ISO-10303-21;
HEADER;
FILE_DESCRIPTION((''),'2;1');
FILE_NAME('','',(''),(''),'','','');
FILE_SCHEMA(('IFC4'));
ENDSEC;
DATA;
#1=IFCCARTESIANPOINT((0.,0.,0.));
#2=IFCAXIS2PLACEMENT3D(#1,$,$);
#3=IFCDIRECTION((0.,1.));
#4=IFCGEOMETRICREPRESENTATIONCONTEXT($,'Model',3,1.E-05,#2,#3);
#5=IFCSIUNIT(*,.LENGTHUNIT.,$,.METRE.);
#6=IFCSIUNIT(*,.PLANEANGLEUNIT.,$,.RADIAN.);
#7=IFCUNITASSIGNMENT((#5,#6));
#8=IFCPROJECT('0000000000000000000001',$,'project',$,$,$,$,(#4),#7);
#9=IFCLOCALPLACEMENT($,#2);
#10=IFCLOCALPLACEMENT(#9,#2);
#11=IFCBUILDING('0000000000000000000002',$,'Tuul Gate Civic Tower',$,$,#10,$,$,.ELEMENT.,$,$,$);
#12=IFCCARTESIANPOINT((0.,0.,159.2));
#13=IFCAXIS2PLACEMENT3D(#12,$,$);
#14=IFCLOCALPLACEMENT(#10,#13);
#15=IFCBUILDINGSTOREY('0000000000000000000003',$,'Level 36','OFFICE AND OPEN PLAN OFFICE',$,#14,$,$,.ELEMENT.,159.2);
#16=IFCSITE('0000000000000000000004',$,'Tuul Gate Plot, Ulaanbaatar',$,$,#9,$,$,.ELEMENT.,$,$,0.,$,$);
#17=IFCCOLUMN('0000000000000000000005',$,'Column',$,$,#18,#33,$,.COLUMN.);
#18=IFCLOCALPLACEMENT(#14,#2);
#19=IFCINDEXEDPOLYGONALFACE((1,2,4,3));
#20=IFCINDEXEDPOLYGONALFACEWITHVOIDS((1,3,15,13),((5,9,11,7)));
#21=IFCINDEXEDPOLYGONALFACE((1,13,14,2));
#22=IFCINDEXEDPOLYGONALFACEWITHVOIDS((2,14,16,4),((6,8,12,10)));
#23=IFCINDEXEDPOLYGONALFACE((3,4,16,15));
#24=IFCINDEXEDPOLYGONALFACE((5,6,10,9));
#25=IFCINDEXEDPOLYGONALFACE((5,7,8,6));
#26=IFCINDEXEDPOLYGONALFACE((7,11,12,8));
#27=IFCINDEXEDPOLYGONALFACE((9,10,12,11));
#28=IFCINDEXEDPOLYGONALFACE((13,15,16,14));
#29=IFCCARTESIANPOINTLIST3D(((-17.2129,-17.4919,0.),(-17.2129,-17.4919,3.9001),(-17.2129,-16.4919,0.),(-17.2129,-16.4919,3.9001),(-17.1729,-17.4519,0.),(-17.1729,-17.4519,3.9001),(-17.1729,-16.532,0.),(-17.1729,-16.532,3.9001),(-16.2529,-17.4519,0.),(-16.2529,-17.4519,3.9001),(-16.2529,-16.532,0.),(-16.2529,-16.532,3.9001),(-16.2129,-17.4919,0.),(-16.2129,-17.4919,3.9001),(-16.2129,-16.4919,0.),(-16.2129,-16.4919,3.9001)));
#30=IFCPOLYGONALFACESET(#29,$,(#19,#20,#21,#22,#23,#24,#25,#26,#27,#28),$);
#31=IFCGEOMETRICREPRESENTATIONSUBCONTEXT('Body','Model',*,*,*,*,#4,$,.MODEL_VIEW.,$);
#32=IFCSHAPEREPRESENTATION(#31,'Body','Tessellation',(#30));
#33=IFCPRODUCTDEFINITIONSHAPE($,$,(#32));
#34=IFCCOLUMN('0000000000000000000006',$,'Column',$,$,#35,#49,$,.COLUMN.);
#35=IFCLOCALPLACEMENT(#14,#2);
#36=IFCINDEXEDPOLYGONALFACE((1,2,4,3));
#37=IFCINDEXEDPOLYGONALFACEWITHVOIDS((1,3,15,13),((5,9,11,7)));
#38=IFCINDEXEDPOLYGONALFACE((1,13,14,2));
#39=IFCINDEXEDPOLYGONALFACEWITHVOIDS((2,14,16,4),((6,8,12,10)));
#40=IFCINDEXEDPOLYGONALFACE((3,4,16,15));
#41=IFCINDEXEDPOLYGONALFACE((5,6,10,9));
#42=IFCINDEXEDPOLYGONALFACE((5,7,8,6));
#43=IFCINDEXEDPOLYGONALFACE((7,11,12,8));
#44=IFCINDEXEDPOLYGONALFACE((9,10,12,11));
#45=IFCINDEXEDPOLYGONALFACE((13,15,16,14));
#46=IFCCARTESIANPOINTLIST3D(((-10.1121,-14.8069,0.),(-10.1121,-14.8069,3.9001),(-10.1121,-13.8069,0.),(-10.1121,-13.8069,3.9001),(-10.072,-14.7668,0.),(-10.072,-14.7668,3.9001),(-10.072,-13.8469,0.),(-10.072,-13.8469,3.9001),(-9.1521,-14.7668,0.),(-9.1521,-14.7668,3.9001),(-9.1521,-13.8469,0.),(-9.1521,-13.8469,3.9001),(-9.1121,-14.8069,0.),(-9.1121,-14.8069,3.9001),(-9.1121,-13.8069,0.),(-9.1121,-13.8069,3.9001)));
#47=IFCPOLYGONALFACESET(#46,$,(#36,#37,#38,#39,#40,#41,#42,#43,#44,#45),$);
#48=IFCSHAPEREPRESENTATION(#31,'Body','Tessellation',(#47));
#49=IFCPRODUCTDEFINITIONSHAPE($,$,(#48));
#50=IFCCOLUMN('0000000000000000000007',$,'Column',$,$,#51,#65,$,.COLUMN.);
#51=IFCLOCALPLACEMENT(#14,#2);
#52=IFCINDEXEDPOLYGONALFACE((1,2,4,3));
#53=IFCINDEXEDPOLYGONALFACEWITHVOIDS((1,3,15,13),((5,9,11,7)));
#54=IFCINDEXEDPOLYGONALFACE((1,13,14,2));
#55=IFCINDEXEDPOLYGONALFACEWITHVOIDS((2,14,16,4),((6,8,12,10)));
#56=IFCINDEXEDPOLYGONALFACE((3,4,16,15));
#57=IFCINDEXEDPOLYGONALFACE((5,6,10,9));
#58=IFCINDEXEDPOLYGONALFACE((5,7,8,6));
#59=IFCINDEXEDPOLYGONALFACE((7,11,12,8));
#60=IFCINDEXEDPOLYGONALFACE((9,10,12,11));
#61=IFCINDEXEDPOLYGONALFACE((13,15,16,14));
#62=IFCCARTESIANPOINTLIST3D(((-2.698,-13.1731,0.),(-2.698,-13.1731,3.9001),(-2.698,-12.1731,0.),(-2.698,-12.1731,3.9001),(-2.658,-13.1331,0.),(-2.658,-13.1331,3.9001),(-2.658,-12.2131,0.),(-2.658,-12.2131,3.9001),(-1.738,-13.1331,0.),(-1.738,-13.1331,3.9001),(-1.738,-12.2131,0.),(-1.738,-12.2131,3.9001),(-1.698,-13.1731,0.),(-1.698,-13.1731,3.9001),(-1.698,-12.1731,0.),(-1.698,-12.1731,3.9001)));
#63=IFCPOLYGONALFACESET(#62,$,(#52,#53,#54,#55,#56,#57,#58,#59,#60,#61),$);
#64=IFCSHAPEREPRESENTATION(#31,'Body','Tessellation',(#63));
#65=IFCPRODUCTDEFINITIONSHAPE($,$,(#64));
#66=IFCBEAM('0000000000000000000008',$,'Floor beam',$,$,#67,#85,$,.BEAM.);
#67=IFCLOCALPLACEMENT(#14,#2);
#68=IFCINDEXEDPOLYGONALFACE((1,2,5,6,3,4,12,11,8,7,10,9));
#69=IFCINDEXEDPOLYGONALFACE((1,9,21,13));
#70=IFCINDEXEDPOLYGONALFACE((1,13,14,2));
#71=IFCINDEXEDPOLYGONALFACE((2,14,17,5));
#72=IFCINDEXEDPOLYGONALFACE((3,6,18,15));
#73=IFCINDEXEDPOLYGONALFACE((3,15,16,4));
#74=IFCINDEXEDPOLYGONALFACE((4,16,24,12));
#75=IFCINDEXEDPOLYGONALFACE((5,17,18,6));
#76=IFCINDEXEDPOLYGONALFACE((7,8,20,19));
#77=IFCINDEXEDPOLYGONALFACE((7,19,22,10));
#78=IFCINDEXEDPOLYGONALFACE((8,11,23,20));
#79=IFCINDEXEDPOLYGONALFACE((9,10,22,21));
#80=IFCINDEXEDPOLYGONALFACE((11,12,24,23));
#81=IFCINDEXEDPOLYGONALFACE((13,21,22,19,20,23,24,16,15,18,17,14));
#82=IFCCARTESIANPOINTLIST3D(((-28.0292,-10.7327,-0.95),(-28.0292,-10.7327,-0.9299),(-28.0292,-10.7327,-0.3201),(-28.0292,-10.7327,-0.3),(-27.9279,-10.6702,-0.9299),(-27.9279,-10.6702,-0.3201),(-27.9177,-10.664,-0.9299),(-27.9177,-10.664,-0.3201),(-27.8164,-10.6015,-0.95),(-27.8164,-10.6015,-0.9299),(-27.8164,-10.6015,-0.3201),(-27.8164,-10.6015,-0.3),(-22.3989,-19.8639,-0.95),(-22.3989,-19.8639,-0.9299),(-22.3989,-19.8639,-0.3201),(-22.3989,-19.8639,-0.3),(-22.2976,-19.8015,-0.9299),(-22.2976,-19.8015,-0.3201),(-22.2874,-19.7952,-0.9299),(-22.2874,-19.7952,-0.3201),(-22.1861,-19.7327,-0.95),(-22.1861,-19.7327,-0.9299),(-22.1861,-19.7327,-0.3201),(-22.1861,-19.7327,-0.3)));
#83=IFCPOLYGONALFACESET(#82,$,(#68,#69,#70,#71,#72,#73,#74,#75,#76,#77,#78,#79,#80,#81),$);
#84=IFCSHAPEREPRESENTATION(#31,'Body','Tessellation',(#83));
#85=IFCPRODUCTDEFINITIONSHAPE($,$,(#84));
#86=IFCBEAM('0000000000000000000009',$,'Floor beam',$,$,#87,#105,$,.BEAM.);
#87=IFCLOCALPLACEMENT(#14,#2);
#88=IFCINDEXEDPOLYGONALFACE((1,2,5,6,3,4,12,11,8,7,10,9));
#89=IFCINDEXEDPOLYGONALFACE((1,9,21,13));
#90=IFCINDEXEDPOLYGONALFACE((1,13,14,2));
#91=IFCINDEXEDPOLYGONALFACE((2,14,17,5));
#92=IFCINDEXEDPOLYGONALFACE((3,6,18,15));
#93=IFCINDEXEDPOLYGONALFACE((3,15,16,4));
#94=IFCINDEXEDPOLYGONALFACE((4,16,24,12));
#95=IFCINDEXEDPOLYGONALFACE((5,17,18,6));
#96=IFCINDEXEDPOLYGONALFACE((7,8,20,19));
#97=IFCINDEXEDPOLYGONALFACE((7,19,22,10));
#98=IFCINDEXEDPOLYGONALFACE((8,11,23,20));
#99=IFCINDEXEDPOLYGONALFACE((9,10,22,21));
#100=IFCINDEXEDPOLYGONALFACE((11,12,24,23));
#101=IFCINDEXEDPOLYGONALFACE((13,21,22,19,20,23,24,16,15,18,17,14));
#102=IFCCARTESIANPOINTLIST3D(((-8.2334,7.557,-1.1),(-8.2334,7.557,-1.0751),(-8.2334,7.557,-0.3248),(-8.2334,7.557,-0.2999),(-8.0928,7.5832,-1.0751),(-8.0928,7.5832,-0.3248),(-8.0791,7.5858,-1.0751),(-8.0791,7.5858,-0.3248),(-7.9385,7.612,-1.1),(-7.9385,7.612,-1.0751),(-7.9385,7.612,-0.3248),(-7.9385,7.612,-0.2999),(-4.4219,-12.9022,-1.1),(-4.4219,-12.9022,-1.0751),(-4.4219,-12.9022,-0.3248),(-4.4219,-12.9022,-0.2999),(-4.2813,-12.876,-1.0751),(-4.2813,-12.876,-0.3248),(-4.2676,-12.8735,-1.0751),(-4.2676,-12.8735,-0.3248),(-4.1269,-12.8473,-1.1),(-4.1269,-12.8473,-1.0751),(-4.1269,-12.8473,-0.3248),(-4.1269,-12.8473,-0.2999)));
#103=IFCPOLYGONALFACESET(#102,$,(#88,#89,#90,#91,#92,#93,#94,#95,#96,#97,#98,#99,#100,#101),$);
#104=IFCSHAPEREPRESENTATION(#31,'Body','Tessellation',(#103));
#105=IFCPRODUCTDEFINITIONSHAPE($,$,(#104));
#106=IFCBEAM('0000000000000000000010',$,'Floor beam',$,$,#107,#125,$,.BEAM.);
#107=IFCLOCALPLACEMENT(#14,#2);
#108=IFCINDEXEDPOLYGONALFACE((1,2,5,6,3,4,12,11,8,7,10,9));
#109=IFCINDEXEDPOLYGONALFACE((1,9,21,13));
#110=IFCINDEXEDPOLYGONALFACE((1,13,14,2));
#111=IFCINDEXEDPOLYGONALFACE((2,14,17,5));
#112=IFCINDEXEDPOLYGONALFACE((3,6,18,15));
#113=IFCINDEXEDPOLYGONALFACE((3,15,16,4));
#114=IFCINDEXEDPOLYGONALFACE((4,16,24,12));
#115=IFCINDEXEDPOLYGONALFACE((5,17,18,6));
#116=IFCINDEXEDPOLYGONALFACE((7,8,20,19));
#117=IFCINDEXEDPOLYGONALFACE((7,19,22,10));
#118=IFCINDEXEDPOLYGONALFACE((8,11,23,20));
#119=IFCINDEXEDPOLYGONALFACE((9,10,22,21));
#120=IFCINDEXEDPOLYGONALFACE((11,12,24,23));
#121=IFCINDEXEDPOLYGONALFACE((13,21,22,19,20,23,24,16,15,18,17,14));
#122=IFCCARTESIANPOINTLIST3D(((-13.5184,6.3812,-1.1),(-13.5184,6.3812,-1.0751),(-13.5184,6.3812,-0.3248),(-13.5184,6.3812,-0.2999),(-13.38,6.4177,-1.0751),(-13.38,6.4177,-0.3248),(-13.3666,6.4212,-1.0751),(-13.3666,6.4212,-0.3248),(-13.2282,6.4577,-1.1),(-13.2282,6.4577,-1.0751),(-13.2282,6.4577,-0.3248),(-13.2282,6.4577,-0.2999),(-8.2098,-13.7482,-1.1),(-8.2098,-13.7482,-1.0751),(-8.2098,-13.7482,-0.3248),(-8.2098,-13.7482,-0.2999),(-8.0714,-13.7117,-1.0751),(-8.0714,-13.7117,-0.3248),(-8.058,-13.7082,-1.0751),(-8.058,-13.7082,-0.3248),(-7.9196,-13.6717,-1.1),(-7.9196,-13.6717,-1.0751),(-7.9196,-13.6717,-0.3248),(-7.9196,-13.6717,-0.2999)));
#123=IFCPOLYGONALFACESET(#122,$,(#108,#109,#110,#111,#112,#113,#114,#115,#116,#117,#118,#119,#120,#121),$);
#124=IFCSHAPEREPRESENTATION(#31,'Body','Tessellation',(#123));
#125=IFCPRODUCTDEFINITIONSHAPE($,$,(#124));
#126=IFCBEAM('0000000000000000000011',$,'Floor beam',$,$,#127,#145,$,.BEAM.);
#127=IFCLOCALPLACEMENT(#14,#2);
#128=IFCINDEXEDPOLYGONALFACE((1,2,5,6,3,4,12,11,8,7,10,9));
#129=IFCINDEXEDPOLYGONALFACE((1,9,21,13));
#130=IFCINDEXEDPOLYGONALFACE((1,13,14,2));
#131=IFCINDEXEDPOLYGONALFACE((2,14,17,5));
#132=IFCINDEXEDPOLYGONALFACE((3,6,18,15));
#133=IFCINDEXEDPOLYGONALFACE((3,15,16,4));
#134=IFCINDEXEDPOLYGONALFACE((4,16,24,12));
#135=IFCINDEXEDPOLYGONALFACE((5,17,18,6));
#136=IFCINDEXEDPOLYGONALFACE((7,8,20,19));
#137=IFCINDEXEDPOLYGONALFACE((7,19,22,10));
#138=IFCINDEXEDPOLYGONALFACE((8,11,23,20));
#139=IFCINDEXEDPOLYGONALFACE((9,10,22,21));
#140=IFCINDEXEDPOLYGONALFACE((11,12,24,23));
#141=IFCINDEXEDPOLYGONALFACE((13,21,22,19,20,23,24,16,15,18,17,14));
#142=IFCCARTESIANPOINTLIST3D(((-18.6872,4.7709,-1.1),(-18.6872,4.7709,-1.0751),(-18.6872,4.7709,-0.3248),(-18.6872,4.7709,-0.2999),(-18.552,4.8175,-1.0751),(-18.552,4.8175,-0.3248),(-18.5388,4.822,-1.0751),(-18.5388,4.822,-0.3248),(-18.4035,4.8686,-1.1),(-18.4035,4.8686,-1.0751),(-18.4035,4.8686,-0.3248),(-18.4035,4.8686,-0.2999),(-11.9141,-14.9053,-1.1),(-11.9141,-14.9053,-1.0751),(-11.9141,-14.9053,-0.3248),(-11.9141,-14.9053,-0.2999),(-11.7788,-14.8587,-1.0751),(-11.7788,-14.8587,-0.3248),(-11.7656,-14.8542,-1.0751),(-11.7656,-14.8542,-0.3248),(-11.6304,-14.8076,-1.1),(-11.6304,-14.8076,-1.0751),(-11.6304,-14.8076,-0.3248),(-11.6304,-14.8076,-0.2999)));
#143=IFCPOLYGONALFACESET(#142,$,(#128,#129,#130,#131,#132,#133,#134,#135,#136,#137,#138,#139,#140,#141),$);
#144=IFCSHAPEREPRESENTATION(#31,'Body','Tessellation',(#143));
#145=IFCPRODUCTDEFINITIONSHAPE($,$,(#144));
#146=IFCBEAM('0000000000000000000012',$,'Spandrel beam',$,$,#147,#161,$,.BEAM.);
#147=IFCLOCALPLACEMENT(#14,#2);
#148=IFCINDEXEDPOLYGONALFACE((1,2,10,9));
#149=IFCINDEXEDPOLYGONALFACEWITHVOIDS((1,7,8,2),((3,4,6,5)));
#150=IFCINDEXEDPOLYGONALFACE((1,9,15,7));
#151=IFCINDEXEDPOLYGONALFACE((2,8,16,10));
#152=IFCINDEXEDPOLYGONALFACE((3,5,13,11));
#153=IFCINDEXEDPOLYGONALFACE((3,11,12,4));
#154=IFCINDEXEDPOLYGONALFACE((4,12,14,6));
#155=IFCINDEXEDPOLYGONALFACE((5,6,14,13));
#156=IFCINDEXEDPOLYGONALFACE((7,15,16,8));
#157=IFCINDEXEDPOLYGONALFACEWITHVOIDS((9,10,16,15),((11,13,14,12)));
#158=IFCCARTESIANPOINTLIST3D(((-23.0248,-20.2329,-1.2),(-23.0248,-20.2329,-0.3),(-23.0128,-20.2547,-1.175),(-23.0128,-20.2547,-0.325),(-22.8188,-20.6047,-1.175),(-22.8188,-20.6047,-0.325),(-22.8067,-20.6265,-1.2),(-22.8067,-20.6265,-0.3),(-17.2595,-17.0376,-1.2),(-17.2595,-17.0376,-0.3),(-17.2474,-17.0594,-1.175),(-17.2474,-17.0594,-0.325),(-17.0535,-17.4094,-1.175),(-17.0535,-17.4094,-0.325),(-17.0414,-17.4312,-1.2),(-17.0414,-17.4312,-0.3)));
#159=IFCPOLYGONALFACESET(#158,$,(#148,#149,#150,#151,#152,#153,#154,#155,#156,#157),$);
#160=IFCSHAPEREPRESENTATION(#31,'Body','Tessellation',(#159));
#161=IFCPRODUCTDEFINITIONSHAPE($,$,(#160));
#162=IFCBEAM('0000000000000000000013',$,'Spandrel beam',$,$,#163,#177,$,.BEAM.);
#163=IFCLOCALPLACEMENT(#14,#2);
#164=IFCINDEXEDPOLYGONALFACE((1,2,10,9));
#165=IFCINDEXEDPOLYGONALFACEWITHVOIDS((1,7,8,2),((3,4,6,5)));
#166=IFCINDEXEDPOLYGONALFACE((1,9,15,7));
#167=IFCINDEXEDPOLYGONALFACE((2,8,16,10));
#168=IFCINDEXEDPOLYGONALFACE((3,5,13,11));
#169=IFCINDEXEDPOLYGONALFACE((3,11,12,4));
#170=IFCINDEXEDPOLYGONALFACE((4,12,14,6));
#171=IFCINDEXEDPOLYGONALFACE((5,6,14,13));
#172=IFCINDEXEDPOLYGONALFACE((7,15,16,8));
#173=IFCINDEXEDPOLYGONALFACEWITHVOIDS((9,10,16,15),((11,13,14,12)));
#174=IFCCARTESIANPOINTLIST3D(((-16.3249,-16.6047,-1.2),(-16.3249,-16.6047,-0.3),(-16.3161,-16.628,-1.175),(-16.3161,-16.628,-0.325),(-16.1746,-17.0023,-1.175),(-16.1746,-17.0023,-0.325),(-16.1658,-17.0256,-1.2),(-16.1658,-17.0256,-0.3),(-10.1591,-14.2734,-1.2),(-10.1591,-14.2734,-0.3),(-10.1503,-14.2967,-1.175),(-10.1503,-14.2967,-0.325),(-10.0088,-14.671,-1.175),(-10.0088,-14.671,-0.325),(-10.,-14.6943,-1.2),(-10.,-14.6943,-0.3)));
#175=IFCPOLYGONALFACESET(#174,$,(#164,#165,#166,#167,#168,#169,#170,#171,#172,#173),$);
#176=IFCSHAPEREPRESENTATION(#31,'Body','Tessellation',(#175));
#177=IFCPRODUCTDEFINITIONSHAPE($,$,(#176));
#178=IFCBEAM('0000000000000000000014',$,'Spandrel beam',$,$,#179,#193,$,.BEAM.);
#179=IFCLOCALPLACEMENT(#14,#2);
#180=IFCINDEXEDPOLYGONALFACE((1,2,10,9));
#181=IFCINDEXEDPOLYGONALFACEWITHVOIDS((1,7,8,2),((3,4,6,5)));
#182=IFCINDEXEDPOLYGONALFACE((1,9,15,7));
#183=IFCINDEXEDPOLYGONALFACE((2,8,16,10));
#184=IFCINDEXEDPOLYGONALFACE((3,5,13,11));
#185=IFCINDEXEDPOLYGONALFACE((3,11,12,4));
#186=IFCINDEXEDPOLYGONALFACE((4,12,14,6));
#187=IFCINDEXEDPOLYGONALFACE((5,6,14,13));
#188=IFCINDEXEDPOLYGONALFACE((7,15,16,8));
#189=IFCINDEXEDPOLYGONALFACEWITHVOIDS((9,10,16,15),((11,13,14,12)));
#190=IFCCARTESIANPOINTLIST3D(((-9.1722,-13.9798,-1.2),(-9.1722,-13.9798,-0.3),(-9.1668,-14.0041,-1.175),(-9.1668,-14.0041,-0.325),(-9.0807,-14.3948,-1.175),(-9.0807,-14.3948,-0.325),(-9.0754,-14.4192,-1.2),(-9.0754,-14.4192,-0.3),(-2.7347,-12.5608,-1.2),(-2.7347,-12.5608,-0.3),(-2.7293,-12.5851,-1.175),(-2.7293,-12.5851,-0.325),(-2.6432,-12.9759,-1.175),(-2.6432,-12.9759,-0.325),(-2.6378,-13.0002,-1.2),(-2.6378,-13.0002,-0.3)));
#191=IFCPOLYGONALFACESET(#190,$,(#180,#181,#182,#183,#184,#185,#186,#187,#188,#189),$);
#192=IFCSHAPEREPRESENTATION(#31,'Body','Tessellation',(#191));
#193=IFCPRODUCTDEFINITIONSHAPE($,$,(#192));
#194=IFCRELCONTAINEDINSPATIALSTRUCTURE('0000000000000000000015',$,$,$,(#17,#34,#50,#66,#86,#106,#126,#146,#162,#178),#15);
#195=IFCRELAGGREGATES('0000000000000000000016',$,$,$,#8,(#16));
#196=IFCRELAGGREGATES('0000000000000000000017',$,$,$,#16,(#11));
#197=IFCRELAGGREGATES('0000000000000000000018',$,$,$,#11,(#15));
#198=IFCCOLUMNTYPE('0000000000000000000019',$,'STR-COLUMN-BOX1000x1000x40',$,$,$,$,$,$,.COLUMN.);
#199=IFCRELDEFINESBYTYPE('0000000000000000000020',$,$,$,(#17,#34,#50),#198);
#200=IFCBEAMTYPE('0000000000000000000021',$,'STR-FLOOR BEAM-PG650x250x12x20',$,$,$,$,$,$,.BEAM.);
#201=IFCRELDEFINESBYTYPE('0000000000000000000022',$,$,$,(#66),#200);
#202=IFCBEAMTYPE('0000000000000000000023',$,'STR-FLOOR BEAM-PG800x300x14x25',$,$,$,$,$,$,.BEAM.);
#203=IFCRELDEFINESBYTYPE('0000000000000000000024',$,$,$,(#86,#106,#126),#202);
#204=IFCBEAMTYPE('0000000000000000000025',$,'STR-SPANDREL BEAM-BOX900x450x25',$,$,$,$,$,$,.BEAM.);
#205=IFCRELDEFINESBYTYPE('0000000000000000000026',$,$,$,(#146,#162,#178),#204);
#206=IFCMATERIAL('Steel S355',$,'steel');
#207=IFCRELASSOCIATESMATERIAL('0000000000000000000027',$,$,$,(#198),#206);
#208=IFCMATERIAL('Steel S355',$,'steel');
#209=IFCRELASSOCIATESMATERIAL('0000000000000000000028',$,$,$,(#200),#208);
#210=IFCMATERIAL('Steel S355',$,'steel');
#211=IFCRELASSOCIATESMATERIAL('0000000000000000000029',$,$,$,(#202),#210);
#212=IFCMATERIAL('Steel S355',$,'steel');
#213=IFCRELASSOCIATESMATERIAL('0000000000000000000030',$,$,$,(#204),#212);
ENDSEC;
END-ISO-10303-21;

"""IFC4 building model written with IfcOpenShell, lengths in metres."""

from ifc_helpers import new_model, si_unit, direction, frame, origin, origin_2d, place, context, subcontext, project, spatial, hollow_rectangle, i_section, extrude, material, material_profile, profile_set, type_object, element, save


model = new_model("IFC4")

# Units and contexts
model_context = context("Model", 3, precision=1e-05, world=origin(), true_north=direction((0.0, 1.0)))
body_context = subcontext(model_context, "Body", "Model", "MODEL_VIEW")
ifc_project = project(units=[si_unit("LENGTHUNIT", "METRE"), si_unit("PLANEANGLEUNIT", "RADIAN")], contexts=[model_context])

# Site, building, storey
site_placement = place(None, origin())
site = spatial("IfcSite", under=ifc_project, at=site_placement, Name="Tuul Gate Plot, Ulaanbaatar", CompositionType="ELEMENT", RefElevation=0.0)
building_placement = place(site_placement, origin())
building = spatial("IfcBuilding", under=site, at=building_placement, Name="Tuul Gate Civic Tower", CompositionType="ELEMENT")
storey_placement = place(building_placement, frame((0.0, 0.0, 159.2)))
storey = spatial("IfcBuildingStorey", under=building, at=storey_placement, Name="Level 36", Description="OFFICE AND OPEN PLAN OFFICE", CompositionType="ELEMENT", Elevation=159.2)

# Columns
ifc_material_1 = material(Name="Steel S355", Category="steel")
ifc_material_profile_1 = material_profile(ifc_material_1, hollow_rectangle(XDim=1.0, YDim=1.0, WallThickness=0.04, at=origin_2d()), Name="BOX1000x1000x40")
ifc_profile_set_1 = profile_set([ifc_material_profile_1], Name="Steel S355")
column_type = type_object("IfcColumnType", Name="STR-COLUMN-BOX1000x1000x40", PredefinedType="COLUMN", material=ifc_profile_set_1)
for number, where, z_axis, x_axis, name in (
    (1, (-16.7129, -16.9919, 0.0), (0.0, 0.0, 1.0), (1.0, 0.0, 0.0), "Column"),
    (2, (-9.6121, -14.3069, 0.0), (0.0, 0.0, 1.0), (1.0, 0.0, 0.0), "Column"),
    (3, (-2.198, -12.6731, 0.0), (0.0, 0.0, 1.0), (1.0, 0.0, 0.0), "Column"),
):
    element("IfcColumn", number, at=place(storey_placement, frame(where, z_axis=z_axis, x_axis=x_axis)), inside=storey, type_object=column_type, Name=name, PredefinedType="COLUMN", context=body_context, shape_type="SweptSolid", body=[
        extrude(hollow_rectangle(XDim=1.0, YDim=1.0, WallThickness=0.04, at=origin_2d()), origin(), (0.0, 0.0, 1.0), 3.9001),
    ])

# Beams
ifc_material_2 = material(Name="Steel S355", Category="steel")
ifc_material_profile_2 = material_profile(ifc_material_2, i_section(OverallWidth=0.25, OverallDepth=0.6499, WebThickness=0.012, FlangeThickness=0.02, at=origin_2d()), Name="PG650x250x12x20")
ifc_profile_set_2 = profile_set([ifc_material_profile_2], Name="Steel S355")
beam_type_1 = type_object("IfcBeamType", Name="STR-FLOOR BEAM-PG650x250x12x20", PredefinedType="BEAM", material=ifc_profile_set_2)
beam_1_placement = place(storey_placement, frame((-22.2925, -19.7983, -0.625), z_axis=(-0.524846, 0.851197, 0.0), x_axis=(-0.851197, -0.524846, 0.0)))
element("IfcBeam", 4, at=beam_1_placement, inside=storey, type_object=beam_type_1, Name="Floor beam", PredefinedType="BEAM", context=body_context, shape_type="SweptSolid", body=[
    extrude(i_section(OverallWidth=0.25, OverallDepth=0.6499, WebThickness=0.012, FlangeThickness=0.02, at=origin_2d()), origin(), (0.0, 0.0, 1.0), 10.7275),
])
ifc_material_3 = material(Name="Steel S355", Category="steel")
ifc_material_profile_3 = material_profile(ifc_material_3, i_section(OverallWidth=0.3, OverallDepth=0.8, WebThickness=0.0139, FlangeThickness=0.0249, at=origin_2d()), Name="PG800x300x14x25")
ifc_profile_set_3 = profile_set([ifc_material_profile_3], Name="Steel S355")
beam_type_2 = type_object("IfcBeamType", Name="STR-FLOOR BEAM-PG800x300x14x25", PredefinedType="BEAM", material=ifc_profile_set_3)
beam_2_placement = place(storey_placement, frame((-4.2744, -12.8748, -0.7), z_axis=(-0.183147, 0.983085, 0.0), x_axis=(-0.983085, -0.183147, 0.0)))
element("IfcBeam", 5, at=beam_2_placement, inside=storey, type_object=beam_type_2, Name="Floor beam", PredefinedType="BEAM", context=body_context, shape_type="SweptSolid", body=[
    extrude(i_section(OverallWidth=0.3, OverallDepth=0.8, WebThickness=0.0139, FlangeThickness=0.0249, at=origin_2d()), origin(), (0.0, 0.0, 1.0), 20.8113),
])
beam_3_placement = place(storey_placement, frame((-8.0647, -13.71, -0.7), z_axis=(-0.255005, 0.96694, 0.0), x_axis=(-0.96694, -0.255005, 0.0)))
element("IfcBeam", 6, at=beam_3_placement, inside=storey, type_object=beam_type_2, Name="Floor beam", PredefinedType="BEAM", context=body_context, shape_type="SweptSolid", body=[
    extrude(i_section(OverallWidth=0.3, OverallDepth=0.8, WebThickness=0.0139, FlangeThickness=0.0249, at=origin_2d()), origin(), (0.0, 0.0, 1.0), 20.8176),
])
beam_4_placement = place(storey_placement, frame((-11.7722, -14.8564, -0.7), z_axis=(-0.325487, 0.945547, 0.0), x_axis=(-0.945547, -0.325487, 0.0)))
element("IfcBeam", 7, at=beam_4_placement, inside=storey, type_object=beam_type_2, Name="Floor beam", PredefinedType="BEAM", context=body_context, shape_type="SweptSolid", body=[
    extrude(i_section(OverallWidth=0.3, OverallDepth=0.8, WebThickness=0.0139, FlangeThickness=0.0249, at=origin_2d()), origin(), (0.0, 0.0, 1.0), 20.8093),
])
ifc_material_4 = material(Name="Steel S355", Category="steel")
ifc_material_profile_4 = material_profile(ifc_material_4, hollow_rectangle(XDim=0.45, YDim=0.8999, WallThickness=0.0249, at=origin_2d()), Name="BOX900x450x25")
ifc_profile_set_4 = profile_set([ifc_material_profile_4], Name="Steel S355")
beam_type_3 = type_object("IfcBeamType", Name="STR-SPANDREL BEAM-BOX900x450x25", PredefinedType="BEAM", material=ifc_profile_set_4)
beam_5_placement = place(storey_placement, frame((-22.9158, -20.4297, -0.75), z_axis=(0.874651, 0.484753, 0.0), x_axis=(-0.484753, 0.874651, 0.0)))
element("IfcBeam", 8, at=beam_5_placement, inside=storey, type_object=beam_type_3, Name="Spandrel beam", PredefinedType="BEAM", context=body_context, shape_type="SweptSolid", body=[
    extrude(hollow_rectangle(XDim=0.45, YDim=0.8999, WallThickness=0.0249, at=origin_2d()), origin(), (0.0, 0.0, 1.0), 6.5916),
])
beam_6_placement = place(storey_placement, frame((-16.2454, -16.8152, -0.75), z_axis=(0.935371, 0.353667, 0.0), x_axis=(-0.353667, 0.935371, 0.0)))
element("IfcBeam", 9, at=beam_6_placement, inside=storey, type_object=beam_type_3, Name="Spandrel beam", PredefinedType="BEAM", context=body_context, shape_type="SweptSolid", body=[
    extrude(hollow_rectangle(XDim=0.45, YDim=0.8999, WallThickness=0.0249, at=origin_2d()), origin(), (0.0, 0.0, 1.0), 6.5918),
])
beam_7_placement = place(storey_placement, frame((-9.1238, -14.1995, -0.75), z_axis=(0.976559, 0.215252, 0.0), x_axis=(-0.215252, 0.976559, 0.0)))
element("IfcBeam", 10, at=beam_7_placement, inside=storey, type_object=beam_type_3, Name="Spandrel beam", PredefinedType="BEAM", context=body_context, shape_type="SweptSolid", body=[
    extrude(hollow_rectangle(XDim=0.45, YDim=0.8999, WallThickness=0.0249, at=origin_2d()), origin(), (0.0, 0.0, 1.0), 6.592),
])

save(model, "model.ifc")
